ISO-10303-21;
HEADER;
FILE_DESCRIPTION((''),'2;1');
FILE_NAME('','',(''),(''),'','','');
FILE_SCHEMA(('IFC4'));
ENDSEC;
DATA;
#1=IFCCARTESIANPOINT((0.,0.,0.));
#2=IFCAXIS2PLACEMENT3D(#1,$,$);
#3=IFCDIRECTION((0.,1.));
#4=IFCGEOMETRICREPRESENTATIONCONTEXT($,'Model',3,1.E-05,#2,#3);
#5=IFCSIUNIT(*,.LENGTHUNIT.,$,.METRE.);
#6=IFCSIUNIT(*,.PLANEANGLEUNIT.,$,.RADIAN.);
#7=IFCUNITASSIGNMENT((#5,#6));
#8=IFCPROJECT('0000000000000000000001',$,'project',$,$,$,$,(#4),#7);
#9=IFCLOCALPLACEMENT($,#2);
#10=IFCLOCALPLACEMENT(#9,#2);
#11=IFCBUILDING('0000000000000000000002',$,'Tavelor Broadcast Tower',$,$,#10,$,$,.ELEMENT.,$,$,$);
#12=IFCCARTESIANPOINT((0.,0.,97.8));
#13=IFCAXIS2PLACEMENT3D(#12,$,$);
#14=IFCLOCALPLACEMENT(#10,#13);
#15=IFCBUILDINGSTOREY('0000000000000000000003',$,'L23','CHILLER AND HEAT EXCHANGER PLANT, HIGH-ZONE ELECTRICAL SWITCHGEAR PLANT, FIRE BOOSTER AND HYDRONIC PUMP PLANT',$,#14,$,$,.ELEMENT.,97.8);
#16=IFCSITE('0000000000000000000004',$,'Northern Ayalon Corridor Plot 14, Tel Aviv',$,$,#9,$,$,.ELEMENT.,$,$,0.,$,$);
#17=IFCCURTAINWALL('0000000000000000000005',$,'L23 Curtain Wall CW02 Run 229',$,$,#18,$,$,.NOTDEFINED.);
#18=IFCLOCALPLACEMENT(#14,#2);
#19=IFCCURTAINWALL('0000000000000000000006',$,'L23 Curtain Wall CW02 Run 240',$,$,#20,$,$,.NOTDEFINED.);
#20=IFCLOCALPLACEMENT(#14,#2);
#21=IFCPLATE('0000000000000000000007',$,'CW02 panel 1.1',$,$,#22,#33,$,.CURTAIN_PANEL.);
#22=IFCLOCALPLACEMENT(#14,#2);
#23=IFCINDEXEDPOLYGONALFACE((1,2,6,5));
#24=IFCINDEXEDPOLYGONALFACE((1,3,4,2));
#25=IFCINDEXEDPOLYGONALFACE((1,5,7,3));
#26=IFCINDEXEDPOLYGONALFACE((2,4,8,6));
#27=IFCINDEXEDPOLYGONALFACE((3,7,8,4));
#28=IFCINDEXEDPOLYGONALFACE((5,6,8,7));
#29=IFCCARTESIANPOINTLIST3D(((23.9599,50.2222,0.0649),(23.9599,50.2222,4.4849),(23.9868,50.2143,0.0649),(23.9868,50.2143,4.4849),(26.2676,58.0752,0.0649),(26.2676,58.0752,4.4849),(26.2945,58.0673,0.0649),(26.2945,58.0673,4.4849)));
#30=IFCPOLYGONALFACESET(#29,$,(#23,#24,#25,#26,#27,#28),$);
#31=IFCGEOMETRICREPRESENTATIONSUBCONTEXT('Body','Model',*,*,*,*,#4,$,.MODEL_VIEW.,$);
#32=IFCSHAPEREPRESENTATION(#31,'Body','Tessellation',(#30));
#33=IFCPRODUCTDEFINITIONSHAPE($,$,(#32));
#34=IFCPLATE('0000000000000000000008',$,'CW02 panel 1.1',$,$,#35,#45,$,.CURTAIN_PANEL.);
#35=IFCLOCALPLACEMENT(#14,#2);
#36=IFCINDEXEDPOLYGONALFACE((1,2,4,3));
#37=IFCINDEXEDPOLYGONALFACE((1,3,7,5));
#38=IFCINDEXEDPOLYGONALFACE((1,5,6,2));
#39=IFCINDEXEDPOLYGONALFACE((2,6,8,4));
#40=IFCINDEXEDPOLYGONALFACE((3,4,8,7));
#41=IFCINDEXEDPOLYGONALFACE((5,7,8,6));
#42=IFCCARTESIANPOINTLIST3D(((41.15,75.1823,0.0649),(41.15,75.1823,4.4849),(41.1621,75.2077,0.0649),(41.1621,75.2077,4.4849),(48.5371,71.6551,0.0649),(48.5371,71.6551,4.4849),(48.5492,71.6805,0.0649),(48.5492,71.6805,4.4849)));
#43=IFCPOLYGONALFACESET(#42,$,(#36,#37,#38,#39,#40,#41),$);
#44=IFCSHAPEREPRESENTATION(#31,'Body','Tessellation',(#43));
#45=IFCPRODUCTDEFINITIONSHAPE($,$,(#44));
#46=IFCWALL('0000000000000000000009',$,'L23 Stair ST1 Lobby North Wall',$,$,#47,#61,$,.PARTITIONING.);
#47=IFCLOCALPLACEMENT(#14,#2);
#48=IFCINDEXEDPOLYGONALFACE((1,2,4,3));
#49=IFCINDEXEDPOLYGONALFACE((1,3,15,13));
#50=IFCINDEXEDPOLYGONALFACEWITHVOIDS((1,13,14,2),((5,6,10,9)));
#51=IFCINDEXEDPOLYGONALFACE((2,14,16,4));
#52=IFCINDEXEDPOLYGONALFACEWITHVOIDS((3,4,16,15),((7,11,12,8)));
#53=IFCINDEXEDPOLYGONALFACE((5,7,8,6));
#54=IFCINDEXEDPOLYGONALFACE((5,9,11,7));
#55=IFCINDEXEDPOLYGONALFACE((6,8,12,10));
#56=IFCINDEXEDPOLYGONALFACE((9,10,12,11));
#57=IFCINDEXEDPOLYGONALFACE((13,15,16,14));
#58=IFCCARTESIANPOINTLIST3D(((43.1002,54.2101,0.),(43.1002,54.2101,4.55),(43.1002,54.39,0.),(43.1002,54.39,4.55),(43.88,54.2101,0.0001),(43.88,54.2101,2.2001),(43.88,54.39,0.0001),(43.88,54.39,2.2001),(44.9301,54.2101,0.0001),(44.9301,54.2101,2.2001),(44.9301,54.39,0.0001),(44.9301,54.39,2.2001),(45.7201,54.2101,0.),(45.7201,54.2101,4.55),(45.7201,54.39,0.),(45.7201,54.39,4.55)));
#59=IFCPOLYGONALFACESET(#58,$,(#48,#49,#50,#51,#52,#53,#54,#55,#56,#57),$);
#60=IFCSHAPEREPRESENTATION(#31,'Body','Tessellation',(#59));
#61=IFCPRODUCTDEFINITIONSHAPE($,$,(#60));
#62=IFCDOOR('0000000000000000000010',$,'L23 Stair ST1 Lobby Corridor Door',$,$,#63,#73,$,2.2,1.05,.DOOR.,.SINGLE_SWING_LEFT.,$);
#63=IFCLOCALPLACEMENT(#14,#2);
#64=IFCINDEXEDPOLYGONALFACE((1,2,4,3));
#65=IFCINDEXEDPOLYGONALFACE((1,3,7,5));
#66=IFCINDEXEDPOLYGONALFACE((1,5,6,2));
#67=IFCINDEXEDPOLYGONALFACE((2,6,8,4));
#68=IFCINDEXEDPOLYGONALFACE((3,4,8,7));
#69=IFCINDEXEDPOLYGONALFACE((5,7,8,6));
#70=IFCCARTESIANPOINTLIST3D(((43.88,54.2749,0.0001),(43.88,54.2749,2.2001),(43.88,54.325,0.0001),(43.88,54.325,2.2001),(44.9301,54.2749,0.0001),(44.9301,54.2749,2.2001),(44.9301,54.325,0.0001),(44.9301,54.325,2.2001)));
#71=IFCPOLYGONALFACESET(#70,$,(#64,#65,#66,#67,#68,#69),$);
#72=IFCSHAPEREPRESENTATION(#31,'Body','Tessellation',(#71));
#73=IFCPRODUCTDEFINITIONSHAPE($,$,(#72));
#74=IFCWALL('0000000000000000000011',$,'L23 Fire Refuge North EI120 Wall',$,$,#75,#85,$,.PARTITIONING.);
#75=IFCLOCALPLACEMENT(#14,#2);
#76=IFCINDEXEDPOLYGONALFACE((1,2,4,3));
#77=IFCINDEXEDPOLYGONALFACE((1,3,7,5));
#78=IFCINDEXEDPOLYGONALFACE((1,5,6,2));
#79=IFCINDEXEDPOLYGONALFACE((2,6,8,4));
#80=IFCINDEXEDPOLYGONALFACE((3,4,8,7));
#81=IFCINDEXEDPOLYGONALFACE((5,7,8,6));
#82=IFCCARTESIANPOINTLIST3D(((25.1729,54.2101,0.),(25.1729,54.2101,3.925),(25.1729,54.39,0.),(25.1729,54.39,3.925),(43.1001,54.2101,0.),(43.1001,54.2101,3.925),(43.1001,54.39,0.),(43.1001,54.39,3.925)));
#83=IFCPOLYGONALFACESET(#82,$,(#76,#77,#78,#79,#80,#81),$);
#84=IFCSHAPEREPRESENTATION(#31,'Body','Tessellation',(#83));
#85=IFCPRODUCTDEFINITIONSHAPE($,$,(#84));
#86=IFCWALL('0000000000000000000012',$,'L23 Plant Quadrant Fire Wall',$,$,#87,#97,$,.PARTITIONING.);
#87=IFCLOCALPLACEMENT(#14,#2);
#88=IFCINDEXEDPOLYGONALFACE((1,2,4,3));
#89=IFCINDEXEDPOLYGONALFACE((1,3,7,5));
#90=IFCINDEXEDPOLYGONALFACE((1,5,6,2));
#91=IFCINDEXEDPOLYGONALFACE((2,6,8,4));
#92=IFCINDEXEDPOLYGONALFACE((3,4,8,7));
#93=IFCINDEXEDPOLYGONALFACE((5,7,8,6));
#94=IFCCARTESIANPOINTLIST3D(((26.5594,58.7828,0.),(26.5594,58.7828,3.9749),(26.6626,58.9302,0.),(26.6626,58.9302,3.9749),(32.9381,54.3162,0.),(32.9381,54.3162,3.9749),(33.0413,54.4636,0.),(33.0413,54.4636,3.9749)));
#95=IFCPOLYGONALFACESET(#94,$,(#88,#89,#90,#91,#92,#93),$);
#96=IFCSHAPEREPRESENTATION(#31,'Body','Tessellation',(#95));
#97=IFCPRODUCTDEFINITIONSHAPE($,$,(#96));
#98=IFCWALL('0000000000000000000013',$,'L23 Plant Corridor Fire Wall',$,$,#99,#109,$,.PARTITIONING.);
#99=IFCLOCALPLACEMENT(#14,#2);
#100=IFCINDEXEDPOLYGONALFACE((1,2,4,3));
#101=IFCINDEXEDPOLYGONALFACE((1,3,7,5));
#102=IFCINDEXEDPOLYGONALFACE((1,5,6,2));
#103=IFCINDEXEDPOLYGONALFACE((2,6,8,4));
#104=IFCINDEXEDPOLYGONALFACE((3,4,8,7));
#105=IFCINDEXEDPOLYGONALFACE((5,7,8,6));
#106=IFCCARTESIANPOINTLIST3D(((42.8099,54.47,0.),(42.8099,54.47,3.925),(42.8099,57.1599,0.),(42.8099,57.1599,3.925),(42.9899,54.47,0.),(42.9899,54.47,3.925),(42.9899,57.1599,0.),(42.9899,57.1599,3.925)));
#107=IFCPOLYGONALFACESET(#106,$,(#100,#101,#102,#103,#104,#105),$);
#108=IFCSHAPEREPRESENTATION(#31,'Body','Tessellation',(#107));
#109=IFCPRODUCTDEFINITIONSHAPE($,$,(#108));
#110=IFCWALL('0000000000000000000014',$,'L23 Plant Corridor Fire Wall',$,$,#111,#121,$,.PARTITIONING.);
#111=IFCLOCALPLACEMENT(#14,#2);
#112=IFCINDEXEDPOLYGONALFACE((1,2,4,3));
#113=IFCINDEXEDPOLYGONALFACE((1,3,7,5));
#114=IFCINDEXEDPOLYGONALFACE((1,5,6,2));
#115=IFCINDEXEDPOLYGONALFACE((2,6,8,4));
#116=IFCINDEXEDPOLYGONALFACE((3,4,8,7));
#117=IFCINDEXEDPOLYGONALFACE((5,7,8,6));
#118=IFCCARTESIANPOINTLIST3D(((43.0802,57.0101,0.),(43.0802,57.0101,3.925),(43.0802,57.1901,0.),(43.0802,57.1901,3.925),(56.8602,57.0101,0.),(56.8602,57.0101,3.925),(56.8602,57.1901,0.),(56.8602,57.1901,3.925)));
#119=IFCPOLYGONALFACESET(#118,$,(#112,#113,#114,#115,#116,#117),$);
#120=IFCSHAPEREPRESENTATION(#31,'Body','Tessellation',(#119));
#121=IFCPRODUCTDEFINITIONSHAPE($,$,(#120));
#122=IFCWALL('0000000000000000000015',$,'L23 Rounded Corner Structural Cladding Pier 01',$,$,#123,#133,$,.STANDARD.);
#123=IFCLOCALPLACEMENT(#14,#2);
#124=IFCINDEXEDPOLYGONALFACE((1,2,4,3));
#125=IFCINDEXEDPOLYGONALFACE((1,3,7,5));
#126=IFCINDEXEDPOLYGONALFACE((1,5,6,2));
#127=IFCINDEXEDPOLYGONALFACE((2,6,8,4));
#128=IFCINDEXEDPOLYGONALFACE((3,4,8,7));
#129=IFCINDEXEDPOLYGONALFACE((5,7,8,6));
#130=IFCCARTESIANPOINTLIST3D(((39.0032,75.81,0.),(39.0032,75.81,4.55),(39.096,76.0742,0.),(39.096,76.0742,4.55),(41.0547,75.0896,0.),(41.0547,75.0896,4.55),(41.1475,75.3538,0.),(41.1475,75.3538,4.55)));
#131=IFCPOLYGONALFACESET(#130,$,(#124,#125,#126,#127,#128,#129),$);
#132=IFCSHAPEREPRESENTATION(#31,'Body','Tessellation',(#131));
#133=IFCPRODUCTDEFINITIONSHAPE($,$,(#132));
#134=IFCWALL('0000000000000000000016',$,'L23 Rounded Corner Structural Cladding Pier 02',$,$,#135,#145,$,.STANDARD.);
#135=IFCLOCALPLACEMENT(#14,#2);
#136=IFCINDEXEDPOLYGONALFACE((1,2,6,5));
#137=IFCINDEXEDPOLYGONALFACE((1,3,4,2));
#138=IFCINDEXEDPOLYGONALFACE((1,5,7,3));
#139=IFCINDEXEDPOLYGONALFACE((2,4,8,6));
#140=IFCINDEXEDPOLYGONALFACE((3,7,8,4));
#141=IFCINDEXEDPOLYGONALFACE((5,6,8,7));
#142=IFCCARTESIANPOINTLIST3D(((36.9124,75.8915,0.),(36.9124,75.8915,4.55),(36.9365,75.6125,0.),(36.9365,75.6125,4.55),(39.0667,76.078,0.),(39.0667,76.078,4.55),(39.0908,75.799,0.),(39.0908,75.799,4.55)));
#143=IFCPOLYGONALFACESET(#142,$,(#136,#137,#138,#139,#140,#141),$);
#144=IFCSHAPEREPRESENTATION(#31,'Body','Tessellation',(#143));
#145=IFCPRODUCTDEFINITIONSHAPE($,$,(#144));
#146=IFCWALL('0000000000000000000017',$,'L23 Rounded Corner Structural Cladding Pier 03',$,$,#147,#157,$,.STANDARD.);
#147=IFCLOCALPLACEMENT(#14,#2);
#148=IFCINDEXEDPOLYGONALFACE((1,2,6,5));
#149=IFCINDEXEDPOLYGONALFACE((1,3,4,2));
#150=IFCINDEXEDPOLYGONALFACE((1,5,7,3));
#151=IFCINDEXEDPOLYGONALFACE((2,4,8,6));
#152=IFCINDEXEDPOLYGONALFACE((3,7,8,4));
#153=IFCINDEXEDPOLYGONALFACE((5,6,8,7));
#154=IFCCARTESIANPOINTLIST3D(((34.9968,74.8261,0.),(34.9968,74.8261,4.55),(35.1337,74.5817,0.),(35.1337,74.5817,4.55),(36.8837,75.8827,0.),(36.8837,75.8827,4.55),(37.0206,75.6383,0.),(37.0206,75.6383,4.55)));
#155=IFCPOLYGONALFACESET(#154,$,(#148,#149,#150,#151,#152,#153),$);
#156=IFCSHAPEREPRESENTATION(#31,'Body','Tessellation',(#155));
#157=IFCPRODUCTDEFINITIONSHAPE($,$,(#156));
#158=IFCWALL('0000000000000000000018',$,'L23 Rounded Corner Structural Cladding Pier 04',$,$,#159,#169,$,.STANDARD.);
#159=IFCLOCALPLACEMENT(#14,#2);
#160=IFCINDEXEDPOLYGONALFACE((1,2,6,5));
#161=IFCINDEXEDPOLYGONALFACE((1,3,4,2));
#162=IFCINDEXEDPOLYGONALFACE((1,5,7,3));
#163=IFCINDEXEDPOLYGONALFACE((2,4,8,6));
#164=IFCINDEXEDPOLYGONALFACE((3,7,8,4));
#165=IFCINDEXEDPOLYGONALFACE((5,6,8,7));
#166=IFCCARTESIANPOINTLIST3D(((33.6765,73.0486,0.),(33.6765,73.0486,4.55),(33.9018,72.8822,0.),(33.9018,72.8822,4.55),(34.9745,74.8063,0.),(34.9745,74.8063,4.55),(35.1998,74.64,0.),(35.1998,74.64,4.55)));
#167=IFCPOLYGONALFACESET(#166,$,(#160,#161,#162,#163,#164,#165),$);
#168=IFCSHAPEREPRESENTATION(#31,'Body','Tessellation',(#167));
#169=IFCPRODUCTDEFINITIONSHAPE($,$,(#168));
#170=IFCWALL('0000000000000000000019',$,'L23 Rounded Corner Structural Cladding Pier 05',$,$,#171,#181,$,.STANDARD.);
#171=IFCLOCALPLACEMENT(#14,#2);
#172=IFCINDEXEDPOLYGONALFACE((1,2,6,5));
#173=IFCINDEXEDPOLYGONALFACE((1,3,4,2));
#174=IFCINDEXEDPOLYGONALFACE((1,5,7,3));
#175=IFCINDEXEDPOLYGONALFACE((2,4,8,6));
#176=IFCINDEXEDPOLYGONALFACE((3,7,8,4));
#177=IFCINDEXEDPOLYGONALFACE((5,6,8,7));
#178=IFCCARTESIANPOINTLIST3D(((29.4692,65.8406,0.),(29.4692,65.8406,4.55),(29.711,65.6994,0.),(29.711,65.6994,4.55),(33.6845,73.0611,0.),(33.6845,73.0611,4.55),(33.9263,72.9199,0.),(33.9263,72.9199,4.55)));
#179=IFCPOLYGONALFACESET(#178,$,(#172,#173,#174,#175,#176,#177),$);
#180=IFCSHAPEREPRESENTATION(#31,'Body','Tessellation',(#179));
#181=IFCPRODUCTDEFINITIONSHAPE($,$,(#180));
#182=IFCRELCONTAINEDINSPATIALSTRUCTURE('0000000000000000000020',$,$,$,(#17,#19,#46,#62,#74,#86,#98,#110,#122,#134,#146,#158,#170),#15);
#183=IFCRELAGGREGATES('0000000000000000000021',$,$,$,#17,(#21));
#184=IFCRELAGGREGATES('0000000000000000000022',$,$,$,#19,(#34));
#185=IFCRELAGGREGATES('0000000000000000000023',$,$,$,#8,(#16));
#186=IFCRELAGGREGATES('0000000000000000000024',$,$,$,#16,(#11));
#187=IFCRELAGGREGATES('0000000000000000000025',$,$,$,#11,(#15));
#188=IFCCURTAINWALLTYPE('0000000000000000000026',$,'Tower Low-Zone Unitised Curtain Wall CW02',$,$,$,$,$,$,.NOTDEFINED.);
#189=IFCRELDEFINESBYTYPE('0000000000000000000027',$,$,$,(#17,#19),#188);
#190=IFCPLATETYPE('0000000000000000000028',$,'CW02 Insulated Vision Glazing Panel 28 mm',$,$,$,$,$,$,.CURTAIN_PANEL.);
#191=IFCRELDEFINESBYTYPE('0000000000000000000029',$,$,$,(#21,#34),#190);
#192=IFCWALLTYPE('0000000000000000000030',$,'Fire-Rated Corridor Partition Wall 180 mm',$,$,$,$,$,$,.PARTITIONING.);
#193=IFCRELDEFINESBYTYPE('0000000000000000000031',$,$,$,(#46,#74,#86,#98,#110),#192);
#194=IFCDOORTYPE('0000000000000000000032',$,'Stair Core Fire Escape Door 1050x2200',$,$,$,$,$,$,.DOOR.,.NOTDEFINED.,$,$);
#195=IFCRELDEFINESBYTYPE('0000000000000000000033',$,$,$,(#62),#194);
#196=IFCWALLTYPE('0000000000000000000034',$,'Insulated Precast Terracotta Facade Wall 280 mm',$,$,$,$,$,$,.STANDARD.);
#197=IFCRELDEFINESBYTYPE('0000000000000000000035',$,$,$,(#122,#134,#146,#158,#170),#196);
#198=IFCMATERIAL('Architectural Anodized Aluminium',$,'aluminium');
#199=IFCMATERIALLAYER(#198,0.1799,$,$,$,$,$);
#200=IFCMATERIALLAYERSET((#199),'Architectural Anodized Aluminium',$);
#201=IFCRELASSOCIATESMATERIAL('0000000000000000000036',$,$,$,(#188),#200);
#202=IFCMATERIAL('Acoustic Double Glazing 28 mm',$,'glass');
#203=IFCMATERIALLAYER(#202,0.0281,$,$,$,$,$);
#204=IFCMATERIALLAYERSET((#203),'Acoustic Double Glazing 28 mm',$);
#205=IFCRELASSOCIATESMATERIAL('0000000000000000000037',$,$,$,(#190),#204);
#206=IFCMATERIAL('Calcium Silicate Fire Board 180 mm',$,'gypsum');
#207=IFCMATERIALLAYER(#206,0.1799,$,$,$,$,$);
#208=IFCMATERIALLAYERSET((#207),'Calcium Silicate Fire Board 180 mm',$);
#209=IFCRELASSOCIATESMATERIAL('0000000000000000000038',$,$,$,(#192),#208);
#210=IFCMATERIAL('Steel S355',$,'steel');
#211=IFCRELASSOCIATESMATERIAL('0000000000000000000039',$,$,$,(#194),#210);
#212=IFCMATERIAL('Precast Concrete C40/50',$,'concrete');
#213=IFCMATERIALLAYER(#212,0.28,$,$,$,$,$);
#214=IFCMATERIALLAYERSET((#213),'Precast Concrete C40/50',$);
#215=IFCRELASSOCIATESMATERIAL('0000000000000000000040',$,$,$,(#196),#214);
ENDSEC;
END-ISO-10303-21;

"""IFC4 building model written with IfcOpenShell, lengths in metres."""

from ifc_helpers import new_model, si_unit, direction, frame, frame_2d, origin, origin_2d, place, context, subcontext, project, spatial, rectangle, extrude, source, transform, mapped, material, layer, layer_set, type_object, type_shapes, element, fill, aggregate, save


model = new_model("IFC4")

# Units and contexts
model_context = context("Model", 3, precision=1e-05, world=origin(), true_north=direction((0.0, 1.0)))
body_context = subcontext(model_context, "Body", "Model", "MODEL_VIEW")
ifc_project = project(units=[si_unit("LENGTHUNIT", "METRE"), si_unit("PLANEANGLEUNIT", "RADIAN")], contexts=[model_context])

# Site, building, storey
site_placement = place(None, origin())
site = spatial("IfcSite", under=ifc_project, at=site_placement, Name="Northern Ayalon Corridor Plot 14, Tel Aviv", CompositionType="ELEMENT", RefElevation=0.0)
building_placement = place(site_placement, origin())
building = spatial("IfcBuilding", under=site, at=building_placement, Name="Tavelor Broadcast Tower", CompositionType="ELEMENT")
storey_placement = place(building_placement, frame((0.0, 0.0, 97.8)))
storey = spatial("IfcBuildingStorey", under=building, at=storey_placement, Name="L23", Description="CHILLER AND HEAT EXCHANGER PLANT, HIGH-ZONE ELECTRICAL SWITCHGEAR PLANT, FIRE BOOSTER AND HYDRONIC PUMP PLANT", CompositionType="ELEMENT", Elevation=97.8)

# Shared definitions
ifc_material_1 = material(Name="Steel S355", Category="steel")

# Curtain walls
ifc_material_2 = material(Name="Architectural Anodized Aluminium", Category="aluminium")
ifc_layer_1 = layer(ifc_material_2, 0.1799)
ifc_layer_set_1 = layer_set([ifc_layer_1], Name="Architectural Anodized Aluminium")
curtain_wall_type = type_object("IfcCurtainWallType", Name="Tower Low-Zone Unitised Curtain Wall CW02", PredefinedType="NOTDEFINED", material=ifc_layer_set_1)
curtain_wall_1_placement = place(storey_placement, origin())
curtain_wall_1 = element("IfcCurtainWall", 1, at=curtain_wall_1_placement, inside=storey, type_object=curtain_wall_type, Name="L23 Curtain Wall CW02 Run 229", PredefinedType="NOTDEFINED")
curtain_wall_2_placement = place(storey_placement, origin())
curtain_wall_2 = element("IfcCurtainWall", 2, at=curtain_wall_2_placement, inside=storey, type_object=curtain_wall_type, Name="L23 Curtain Wall CW02 Run 240", PredefinedType="NOTDEFINED")

# Plates
ifc_material_3 = material(Name="Acoustic Double Glazing 28 mm", Category="glass")
ifc_layer_2 = layer(ifc_material_3, 0.0281)
ifc_layer_set_2 = layer_set([ifc_layer_2], Name="Acoustic Double Glazing 28 mm")
plate_type_1 = type_object("IfcPlateType", Name="CW02 Insulated Vision Glazing Panel 28 mm", PredefinedType="CURTAIN_PANEL", material=ifc_layer_set_2)
shared_shape_1 = source(origin(), body_context, "Body", "SweptSolid", [
    extrude(rectangle(XDim=8.1851, YDim=0.0281, at=origin_2d()), origin(), (0.0, 0.0, 1.0), 4.4199),
])
plate_1_placement = place(storey_placement, frame((25.1272, 54.1448, 0.0649), z_axis=(0.0, 0.0, 1.0), x_axis=(-0.281936, -0.959433, 0.0)))
plate_1 = element("IfcPlate", 3, at=plate_1_placement, type_object=plate_type_1, Name="CW02 panel 1.1", PredefinedType="CURTAIN_PANEL", context=body_context, shape_type="MappedRepresentation", body=[
    mapped(shared_shape_1, transform((0.0, 0.0, 0.0), scale=1.0)),
])
aggregate(curtain_wall_1, [plate_1])
shared_shape_2 = source(origin(), body_context, "Body", "SweptSolid", [
    extrude(rectangle(XDim=8.186, YDim=0.0281, at=origin_2d()), origin(), (0.0, 0.0, 1.0), 4.4199),
])
type_shapes(plate_type_1, [shared_shape_1, shared_shape_2])
plate_2_placement = place(storey_placement, frame((44.8496, 73.4314, 0.0649), z_axis=(0.0, 0.0, 1.0), x_axis=(-0.902408, 0.430882, 0.0)))
plate_2 = element("IfcPlate", 4, at=plate_2_placement, type_object=plate_type_1, Name="CW02 panel 1.1", PredefinedType="CURTAIN_PANEL", context=body_context, shape_type="MappedRepresentation", body=[
    mapped(shared_shape_2, transform((0.0, 0.0, 0.0), scale=1.0)),
])
aggregate(curtain_wall_2, [plate_2])

# Wall, opening, door
ifc_material_4 = material(Name="Calcium Silicate Fire Board 180 mm", Category="gypsum")
ifc_layer_3 = layer(ifc_material_4, 0.1799)
ifc_layer_set_3 = layer_set([ifc_layer_3], Name="Calcium Silicate Fire Board 180 mm")
wall_type_1 = type_object("IfcWallType", Name="Fire-Rated Corridor Partition Wall 180 mm", PredefinedType="PARTITIONING", material=ifc_layer_set_3)
wall_1_placement = place(storey_placement, frame((43.1001, 54.3, 0.0), z_axis=(0.0, 0.0, 1.0), x_axis=(1.0, 0.0, 0.0)))
wall_1 = element("IfcWall", 5, at=wall_1_placement, inside=storey, type_object=wall_type_1, Name="L23 Stair ST1 Lobby North Wall", PredefinedType="PARTITIONING", context=body_context, shape_type="SweptSolid", body=[
    extrude(rectangle(XDim=2.6199, YDim=0.1799, at=frame_2d((1.3101, 0.0))), origin(), (0.0, 0.0, 1.0), 4.55),
])
opening_placement = place(wall_1_placement, frame((0.78, 0.0, 0.0)))
opening = element("IfcOpeningElement", 6, at=opening_placement, cuts=wall_1, PredefinedType="OPENING", context=body_context, shape_type="SweptSolid", body=[
    extrude(rectangle(XDim=1.05, YDim=2.2, at=frame_2d((0.5249, 1.1001))), frame((0.0, 0.1001, 0.0), z_axis=(0.0, -1.0, 0.0), x_axis=(1.0, 0.0, 0.0)), (0.0, 0.0, 1.0), 0.2),
])
door_type = type_object("IfcDoorType", Name="Stair Core Fire Escape Door 1050x2200", OperationType="NOTDEFINED", PredefinedType="DOOR", material=ifc_material_1)
door_placement = place(opening_placement, origin())
door = element("IfcDoor", 7, at=door_placement, inside=storey, type_object=door_type, Name="L23 Stair ST1 Lobby Corridor Door", OperationType="SINGLE_SWING_LEFT", OverallHeight=2.2, OverallWidth=1.05, PredefinedType="DOOR", context=body_context, shape_type="SweptSolid", body=[
    extrude(rectangle(XDim=1.05, YDim=2.2, at=frame_2d((0.5249, 1.1001))), frame((0.0, 0.0249, 0.0), z_axis=(0.0, -1.0, 0.0), x_axis=(1.0, 0.0, 0.0)), (0.0, 0.0, 1.0), 0.05),
])
fill(opening, door)

# Walls
wall_2_placement = place(storey_placement, frame((25.1729, 54.3, 0.0), z_axis=(0.0, 0.0, 1.0), x_axis=(1.0, 0.0, 0.0)))
element("IfcWall", 8, at=wall_2_placement, inside=storey, type_object=wall_type_1, Name="L23 Fire Refuge North EI120 Wall", PredefinedType="PARTITIONING", context=body_context, shape_type="SweptSolid", body=[
    extrude(rectangle(XDim=17.9272, YDim=0.1799, at=frame_2d((8.9636, 0.0))), origin(), (0.0, 0.0, 1.0), 3.925),
])
wall_3_placement = place(storey_placement, frame((32.9897, 54.3899, 0.0), z_axis=(0.0, 0.0, 1.0), x_axis=(-0.819142, 0.573591, 0.0)))
element("IfcWall", 9, at=wall_3_placement, inside=storey, type_object=wall_type_1, Name="L23 Plant Quadrant Fire Wall", PredefinedType="PARTITIONING", context=body_context, shape_type="SweptSolid", body=[
    extrude(rectangle(XDim=7.7871, YDim=0.1799, at=frame_2d((3.8936, 0.0))), origin(), (0.0, 0.0, 1.0), 3.9749),
])
wall_4_placement = place(storey_placement, frame((42.8999, 54.47, 0.0), z_axis=(0.0, 0.0, 1.0), x_axis=(0.0, 1.0, 0.0)))
element("IfcWall", 10, at=wall_4_placement, inside=storey, type_object=wall_type_1, Name="L23 Plant Corridor Fire Wall", PredefinedType="PARTITIONING", context=body_context, shape_type="SweptSolid", body=[
    extrude(rectangle(XDim=2.6899, YDim=0.1799, at=frame_2d((1.345, 0.0))), origin(), (0.0, 0.0, 1.0), 3.925),
])
wall_5_placement = place(storey_placement, frame((43.0801, 57.1001, 0.0), z_axis=(0.0, 0.0, 1.0), x_axis=(1.0, 0.0, 0.0)))
element("IfcWall", 11, at=wall_5_placement, inside=storey, type_object=wall_type_1, Name="L23 Plant Corridor Fire Wall", PredefinedType="PARTITIONING", context=body_context, shape_type="SweptSolid", body=[
    extrude(rectangle(XDim=13.78, YDim=0.1799, at=frame_2d((6.8901, 0.0))), origin(), (0.0, 0.0, 1.0), 3.925),
])
ifc_material_5 = material(Name="Precast Concrete C40/50", Category="concrete")
ifc_layer_4 = layer(ifc_material_5, 0.28)
ifc_layer_set_4 = layer_set([ifc_layer_4], Name="Precast Concrete C40/50")
wall_type_2 = type_object("IfcWallType", Name="Insulated Precast Terracotta Facade Wall 280 mm", PredefinedType="STANDARD", material=ifc_layer_set_4)
wall_6_placement = place(storey_placement, frame((41.1011, 75.2217, 0.0), z_axis=(0.0, 0.0, 1.0), x_axis=(-0.943509, 0.331346, 0.0)))
element("IfcWall", 12, at=wall_6_placement, inside=storey, type_object=wall_type_2, Name="L23 Rounded Corner Structural Cladding Pier 01", PredefinedType="STANDARD", context=body_context, shape_type="SweptSolid", body=[
    extrude(rectangle(XDim=2.1743, YDim=0.28, at=frame_2d((1.0872, 0.0))), origin(), (0.0, 0.0, 1.0), 4.55),
])
wall_7_placement = place(storey_placement, frame((39.0786, 75.9385, 0.0), z_axis=(0.0, 0.0, 1.0), x_axis=(-0.996273, -0.086259, 0.0)))
element("IfcWall", 13, at=wall_7_placement, inside=storey, type_object=wall_type_2, Name="L23 Rounded Corner Structural Cladding Pier 02", PredefinedType="STANDARD", context=body_context, shape_type="SweptSolid", body=[
    extrude(rectangle(XDim=2.1624, YDim=0.28, at=frame_2d((1.0811, 0.0))), origin(), (0.0, 0.0, 1.0), 4.55),
])
wall_8_placement = place(storey_placement, frame((36.9521, 75.7605, 0.0), z_axis=(0.0, 0.0, 1.0), x_axis=(-0.872518, -0.488583, 0.0)))
element("IfcWall", 14, at=wall_8_placement, inside=storey, type_object=wall_type_2, Name="L23 Rounded Corner Structural Cladding Pier 03", PredefinedType="STANDARD", context=body_context, shape_type="SweptSolid", body=[
    extrude(rectangle(XDim=2.1626, YDim=0.28, at=frame_2d((1.0813, 0.0))), origin(), (0.0, 0.0, 1.0), 4.55),
])
wall_9_placement = place(storey_placement, frame((35.0872, 74.7231, 0.0), z_axis=(0.0, 0.0, 1.0), x_axis=(-0.594049, -0.804429, 0.0)))
element("IfcWall", 15, at=wall_9_placement, inside=storey, type_object=wall_type_2, Name="L23 Rounded Corner Structural Cladding Pier 04", PredefinedType="STANDARD", context=body_context, shape_type="SweptSolid", body=[
    extrude(rectangle(XDim=2.1851, YDim=0.28, at=frame_2d((1.0925, 0.0))), origin(), (0.0, 0.0, 1.0), 4.55),
])
wall_10_placement = place(storey_placement, frame((33.8054, 72.9905, 0.0), z_axis=(0.0, 0.0, 1.0), x_axis=(-0.504174, -0.863602, 0.0)))
element("IfcWall", 16, at=wall_10_placement, inside=storey, type_object=wall_type_2, Name="L23 Rounded Corner Structural Cladding Pier 05", PredefinedType="STANDARD", context=body_context, shape_type="SweptSolid", body=[
    extrude(rectangle(XDim=8.3608, YDim=0.28, at=frame_2d((4.1804, 0.0))), origin(), (0.0, 0.0, 1.0), 4.55),
])

save(model, "model.ifc")
